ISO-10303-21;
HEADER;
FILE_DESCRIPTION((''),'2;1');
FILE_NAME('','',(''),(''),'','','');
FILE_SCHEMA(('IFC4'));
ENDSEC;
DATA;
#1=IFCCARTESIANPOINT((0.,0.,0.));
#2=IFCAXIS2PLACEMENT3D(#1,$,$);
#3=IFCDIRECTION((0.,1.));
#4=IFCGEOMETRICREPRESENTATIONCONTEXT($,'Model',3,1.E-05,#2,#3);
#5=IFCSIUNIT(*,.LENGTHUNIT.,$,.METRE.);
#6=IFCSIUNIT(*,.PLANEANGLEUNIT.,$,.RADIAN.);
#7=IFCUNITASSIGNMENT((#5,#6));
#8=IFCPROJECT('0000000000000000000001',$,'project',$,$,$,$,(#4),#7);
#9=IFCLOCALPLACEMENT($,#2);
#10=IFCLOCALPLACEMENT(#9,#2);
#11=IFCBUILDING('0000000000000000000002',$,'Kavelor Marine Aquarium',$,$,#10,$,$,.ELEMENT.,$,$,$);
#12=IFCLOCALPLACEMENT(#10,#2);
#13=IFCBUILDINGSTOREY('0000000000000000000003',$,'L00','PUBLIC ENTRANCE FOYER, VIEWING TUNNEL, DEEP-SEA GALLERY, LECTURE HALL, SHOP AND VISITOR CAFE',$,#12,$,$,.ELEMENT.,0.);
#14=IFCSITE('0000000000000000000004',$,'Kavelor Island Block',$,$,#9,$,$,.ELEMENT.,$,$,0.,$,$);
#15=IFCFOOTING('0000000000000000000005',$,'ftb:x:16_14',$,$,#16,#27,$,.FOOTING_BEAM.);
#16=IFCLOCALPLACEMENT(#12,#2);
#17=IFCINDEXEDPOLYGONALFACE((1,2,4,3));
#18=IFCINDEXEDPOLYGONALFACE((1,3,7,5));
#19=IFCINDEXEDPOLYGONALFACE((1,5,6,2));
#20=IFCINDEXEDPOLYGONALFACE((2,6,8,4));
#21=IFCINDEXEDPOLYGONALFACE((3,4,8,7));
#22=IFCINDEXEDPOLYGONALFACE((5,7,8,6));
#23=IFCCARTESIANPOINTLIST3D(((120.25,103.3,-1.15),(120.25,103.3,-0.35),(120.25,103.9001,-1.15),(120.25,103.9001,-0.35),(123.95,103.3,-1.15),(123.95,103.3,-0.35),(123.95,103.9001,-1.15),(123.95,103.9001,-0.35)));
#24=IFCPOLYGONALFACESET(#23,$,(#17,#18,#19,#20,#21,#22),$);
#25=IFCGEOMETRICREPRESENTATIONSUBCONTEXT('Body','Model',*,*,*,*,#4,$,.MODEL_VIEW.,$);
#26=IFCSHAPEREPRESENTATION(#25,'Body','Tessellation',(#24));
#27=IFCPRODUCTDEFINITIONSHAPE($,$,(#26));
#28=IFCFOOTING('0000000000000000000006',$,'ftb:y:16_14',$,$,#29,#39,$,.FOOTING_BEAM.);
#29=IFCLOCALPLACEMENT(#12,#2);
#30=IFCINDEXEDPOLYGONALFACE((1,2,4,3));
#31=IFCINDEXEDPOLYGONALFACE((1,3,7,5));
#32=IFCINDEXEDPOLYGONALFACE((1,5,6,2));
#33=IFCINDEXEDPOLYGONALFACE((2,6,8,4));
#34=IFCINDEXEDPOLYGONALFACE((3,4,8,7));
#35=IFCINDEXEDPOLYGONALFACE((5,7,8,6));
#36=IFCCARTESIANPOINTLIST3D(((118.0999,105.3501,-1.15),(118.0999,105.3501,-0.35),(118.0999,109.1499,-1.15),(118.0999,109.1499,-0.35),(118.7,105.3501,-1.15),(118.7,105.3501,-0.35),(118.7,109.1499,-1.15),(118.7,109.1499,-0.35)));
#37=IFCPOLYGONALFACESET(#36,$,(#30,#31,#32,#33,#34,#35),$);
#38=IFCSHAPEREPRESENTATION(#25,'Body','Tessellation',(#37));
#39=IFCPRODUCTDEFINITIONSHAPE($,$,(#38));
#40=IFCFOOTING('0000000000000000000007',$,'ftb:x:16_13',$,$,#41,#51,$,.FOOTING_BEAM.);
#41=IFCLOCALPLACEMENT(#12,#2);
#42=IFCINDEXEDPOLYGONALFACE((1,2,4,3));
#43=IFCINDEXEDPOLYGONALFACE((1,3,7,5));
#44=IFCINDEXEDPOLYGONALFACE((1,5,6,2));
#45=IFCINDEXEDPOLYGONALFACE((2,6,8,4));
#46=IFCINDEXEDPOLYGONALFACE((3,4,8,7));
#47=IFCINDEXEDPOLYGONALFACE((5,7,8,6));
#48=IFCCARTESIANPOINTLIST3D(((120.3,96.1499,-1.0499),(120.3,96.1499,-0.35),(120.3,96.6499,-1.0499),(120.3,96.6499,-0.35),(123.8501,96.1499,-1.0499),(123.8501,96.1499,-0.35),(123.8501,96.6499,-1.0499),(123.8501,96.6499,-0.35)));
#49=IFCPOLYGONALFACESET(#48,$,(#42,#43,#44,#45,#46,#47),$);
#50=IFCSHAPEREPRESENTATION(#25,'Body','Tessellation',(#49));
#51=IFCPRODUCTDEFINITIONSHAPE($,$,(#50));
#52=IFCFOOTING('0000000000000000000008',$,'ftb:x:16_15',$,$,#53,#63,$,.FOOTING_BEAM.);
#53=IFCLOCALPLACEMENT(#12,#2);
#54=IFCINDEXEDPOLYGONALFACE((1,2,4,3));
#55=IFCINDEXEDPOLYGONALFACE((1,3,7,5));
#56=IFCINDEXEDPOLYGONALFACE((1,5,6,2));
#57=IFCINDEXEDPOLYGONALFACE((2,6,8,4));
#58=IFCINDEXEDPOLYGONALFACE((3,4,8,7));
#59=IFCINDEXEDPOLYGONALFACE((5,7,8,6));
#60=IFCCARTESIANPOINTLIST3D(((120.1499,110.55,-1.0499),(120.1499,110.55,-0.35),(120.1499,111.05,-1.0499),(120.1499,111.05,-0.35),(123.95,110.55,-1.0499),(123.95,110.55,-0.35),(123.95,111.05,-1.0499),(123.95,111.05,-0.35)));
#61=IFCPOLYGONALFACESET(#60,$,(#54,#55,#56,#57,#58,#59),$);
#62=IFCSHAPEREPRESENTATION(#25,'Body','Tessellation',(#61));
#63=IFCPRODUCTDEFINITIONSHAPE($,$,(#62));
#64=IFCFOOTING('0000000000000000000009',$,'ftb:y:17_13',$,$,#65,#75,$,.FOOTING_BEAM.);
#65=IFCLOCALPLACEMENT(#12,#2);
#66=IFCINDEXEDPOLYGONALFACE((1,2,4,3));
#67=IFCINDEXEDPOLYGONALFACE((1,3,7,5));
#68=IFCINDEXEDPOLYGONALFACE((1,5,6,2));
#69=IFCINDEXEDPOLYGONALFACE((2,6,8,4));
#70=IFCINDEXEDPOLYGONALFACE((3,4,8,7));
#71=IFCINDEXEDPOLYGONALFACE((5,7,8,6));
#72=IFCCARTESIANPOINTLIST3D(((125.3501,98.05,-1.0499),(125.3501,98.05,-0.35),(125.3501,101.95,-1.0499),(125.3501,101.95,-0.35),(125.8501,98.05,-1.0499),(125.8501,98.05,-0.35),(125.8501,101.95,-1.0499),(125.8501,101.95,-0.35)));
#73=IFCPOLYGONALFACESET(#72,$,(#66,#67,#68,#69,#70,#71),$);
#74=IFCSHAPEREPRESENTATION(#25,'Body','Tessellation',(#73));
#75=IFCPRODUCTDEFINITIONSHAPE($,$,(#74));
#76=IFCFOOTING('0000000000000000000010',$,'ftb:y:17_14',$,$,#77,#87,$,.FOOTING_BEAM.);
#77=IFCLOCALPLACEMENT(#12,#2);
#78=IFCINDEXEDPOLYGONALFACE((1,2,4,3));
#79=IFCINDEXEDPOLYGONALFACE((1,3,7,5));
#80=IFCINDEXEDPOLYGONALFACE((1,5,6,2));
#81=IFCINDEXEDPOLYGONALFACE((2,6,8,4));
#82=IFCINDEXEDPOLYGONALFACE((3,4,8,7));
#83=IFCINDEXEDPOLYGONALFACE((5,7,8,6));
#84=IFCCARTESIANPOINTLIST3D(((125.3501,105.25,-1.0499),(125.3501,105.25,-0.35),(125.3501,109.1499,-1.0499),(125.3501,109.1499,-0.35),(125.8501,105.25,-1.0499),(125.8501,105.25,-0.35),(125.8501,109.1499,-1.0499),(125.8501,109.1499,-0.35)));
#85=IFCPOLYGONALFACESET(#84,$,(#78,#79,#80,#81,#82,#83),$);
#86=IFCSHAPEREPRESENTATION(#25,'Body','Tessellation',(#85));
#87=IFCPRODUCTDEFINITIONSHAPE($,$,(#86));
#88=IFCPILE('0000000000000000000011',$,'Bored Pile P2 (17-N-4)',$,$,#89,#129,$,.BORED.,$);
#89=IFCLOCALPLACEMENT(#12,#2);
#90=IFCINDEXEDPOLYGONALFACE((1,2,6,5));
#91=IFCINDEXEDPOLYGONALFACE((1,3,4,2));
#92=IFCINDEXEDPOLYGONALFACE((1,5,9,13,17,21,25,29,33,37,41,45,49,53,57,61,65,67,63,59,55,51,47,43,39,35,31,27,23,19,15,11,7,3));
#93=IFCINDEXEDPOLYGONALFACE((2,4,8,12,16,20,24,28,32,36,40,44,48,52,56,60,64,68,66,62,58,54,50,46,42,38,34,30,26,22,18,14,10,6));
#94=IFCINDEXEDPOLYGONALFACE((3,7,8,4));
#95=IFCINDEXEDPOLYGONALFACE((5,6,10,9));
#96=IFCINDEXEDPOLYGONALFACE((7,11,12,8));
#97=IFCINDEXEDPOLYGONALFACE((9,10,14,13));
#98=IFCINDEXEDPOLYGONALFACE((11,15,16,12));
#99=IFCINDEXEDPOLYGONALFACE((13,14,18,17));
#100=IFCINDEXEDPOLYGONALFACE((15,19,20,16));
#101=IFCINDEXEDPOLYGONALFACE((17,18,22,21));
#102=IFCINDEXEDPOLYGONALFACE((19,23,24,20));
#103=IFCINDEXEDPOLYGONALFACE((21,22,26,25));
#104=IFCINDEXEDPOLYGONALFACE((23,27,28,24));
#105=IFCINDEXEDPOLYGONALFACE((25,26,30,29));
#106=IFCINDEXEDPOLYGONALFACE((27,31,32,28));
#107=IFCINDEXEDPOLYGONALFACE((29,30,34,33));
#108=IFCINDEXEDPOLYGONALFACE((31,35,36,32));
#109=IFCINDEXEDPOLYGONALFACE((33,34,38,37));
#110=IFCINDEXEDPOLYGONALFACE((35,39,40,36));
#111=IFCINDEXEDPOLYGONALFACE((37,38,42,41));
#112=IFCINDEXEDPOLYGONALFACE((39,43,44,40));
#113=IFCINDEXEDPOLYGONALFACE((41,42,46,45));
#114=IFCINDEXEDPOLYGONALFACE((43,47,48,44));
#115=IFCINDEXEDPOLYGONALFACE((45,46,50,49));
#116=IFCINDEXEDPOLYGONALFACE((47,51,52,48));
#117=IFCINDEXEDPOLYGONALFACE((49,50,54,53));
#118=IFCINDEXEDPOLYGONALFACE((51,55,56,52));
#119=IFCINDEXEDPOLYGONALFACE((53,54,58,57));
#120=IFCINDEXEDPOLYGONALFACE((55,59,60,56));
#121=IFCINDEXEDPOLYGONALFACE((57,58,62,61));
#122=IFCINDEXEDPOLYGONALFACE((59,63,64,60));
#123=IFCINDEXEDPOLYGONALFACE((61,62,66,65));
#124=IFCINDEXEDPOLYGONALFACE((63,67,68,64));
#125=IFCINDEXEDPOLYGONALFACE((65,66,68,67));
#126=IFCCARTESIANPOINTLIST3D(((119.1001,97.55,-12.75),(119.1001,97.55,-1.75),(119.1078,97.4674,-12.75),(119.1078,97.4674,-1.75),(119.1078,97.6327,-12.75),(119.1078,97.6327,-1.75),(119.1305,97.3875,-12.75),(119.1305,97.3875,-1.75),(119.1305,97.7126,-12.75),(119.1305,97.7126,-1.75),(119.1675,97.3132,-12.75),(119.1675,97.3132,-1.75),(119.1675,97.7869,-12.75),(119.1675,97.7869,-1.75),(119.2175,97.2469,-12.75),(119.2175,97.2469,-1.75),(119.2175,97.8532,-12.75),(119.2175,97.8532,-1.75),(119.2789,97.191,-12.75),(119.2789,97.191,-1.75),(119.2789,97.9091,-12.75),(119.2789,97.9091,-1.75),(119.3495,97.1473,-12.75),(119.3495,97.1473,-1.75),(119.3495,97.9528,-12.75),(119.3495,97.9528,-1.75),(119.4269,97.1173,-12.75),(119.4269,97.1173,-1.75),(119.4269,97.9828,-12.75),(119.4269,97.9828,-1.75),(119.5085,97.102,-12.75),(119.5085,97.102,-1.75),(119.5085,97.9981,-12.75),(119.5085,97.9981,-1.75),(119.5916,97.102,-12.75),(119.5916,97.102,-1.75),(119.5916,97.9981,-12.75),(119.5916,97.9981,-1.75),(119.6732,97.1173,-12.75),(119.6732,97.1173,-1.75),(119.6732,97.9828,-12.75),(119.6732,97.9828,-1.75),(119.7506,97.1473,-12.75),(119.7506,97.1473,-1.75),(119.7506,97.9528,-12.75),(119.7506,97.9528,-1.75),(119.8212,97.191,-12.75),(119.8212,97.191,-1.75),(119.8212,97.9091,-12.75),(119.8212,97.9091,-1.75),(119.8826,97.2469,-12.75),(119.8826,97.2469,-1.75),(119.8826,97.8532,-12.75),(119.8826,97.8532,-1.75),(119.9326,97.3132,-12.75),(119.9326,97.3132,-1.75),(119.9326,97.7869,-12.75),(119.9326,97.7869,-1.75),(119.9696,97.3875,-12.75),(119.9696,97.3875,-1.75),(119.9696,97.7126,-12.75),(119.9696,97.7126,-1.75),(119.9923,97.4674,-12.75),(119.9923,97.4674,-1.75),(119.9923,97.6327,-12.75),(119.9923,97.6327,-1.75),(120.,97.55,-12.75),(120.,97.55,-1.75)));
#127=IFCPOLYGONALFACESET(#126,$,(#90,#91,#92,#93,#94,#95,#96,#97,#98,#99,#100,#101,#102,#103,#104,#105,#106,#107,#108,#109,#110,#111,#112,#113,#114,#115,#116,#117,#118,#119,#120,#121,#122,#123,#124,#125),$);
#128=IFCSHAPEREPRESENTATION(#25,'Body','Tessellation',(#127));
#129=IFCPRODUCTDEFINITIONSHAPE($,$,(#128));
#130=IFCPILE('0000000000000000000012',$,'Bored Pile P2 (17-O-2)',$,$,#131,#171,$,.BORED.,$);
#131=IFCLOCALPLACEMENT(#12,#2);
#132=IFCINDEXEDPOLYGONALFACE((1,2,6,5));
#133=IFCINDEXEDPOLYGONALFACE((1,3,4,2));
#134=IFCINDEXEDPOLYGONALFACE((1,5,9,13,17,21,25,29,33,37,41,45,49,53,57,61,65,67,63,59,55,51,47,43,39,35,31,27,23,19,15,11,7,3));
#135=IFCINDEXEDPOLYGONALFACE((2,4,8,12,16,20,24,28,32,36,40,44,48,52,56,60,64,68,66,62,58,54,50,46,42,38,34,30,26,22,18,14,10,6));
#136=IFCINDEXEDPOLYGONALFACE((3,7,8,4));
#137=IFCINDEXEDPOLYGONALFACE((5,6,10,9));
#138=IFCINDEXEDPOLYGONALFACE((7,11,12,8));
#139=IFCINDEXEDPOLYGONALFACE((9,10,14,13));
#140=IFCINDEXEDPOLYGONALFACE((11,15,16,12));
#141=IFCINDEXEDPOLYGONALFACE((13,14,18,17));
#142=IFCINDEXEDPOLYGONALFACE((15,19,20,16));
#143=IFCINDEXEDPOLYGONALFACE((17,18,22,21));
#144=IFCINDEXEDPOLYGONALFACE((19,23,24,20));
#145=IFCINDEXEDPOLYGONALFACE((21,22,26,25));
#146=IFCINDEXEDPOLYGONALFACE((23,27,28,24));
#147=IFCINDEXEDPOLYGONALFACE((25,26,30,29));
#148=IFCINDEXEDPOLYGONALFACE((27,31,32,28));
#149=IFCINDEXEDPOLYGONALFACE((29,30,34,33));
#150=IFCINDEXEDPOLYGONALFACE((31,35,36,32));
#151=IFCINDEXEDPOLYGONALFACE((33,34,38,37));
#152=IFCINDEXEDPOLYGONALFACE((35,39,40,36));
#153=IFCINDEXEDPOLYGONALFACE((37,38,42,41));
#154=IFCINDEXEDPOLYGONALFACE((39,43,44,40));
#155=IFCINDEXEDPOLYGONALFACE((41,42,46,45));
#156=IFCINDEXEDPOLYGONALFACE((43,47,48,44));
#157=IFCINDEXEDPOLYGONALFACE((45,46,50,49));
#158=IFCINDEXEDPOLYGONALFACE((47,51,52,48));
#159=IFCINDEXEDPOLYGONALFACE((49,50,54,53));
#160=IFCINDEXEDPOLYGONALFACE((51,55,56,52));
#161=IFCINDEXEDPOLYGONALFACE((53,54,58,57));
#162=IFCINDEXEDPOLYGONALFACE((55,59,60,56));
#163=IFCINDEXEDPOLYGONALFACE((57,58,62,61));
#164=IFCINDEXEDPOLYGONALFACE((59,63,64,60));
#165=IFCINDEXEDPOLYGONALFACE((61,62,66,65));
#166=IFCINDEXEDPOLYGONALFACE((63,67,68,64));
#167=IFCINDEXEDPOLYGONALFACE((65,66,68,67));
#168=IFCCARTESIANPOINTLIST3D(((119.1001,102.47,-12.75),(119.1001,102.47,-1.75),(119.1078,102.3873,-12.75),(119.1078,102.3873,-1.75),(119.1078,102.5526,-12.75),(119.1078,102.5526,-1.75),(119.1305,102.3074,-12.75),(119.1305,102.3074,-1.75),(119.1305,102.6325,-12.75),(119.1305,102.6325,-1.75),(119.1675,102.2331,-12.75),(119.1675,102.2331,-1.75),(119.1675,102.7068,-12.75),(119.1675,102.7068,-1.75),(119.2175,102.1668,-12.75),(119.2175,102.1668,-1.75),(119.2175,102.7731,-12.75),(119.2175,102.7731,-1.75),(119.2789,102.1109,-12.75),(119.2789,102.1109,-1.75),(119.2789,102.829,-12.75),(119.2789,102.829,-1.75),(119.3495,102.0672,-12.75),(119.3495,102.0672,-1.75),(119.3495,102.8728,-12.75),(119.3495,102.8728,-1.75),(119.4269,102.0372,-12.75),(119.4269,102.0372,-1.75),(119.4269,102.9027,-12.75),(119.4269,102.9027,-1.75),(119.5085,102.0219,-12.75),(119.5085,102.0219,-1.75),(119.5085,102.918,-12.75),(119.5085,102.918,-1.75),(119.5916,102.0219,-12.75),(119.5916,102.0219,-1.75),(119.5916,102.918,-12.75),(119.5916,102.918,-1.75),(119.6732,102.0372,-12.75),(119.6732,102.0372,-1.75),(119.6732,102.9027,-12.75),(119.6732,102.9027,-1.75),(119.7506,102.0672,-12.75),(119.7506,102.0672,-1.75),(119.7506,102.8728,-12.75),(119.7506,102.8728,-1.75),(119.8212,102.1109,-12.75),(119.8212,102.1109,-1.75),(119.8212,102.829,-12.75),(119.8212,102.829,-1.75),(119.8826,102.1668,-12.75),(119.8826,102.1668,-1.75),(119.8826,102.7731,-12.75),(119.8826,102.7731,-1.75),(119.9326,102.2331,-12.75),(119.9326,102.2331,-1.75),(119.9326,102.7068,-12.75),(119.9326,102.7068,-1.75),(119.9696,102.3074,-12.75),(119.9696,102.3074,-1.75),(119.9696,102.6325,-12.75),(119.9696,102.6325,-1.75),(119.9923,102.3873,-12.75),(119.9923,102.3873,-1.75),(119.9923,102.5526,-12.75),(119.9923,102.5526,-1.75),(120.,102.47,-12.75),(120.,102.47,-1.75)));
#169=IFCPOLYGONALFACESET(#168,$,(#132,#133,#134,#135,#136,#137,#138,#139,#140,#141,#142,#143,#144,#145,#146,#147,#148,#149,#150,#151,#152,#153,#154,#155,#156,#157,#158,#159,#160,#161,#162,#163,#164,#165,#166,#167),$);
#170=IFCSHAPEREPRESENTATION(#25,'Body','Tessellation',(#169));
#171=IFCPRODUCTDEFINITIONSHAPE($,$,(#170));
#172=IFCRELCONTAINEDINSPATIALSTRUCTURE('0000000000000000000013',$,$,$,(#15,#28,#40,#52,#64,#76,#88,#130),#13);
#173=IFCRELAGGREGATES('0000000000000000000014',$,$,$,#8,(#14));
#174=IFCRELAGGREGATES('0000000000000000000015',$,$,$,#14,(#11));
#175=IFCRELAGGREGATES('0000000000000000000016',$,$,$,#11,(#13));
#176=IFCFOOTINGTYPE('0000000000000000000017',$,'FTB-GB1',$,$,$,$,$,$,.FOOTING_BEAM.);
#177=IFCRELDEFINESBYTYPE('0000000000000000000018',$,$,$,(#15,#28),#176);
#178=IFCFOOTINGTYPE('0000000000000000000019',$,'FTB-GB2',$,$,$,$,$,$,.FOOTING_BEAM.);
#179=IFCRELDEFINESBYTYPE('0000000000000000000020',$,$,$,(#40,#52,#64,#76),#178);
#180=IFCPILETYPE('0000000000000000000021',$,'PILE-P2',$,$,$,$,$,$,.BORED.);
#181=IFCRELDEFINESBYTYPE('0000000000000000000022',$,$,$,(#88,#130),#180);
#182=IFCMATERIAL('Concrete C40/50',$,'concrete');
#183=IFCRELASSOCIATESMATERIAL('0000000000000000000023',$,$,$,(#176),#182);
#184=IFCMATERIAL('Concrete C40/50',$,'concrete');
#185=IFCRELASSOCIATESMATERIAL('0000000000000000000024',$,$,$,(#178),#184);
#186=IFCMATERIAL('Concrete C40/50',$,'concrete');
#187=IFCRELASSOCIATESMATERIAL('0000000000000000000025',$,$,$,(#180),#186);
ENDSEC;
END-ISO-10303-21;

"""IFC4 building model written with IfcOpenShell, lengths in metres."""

from ifc_helpers import new_model, si_unit, direction, frame, origin, origin_2d, place, context, subcontext, project, spatial, rectangle, circle, extrude, material, material_profile, profile_set, type_object, element, save


model = new_model("IFC4")

# Units and contexts
model_context = context("Model", 3, precision=1e-05, world=origin(), true_north=direction((0.0, 1.0)))
body_context = subcontext(model_context, "Body", "Model", "MODEL_VIEW")
ifc_project = project(units=[si_unit("LENGTHUNIT", "METRE"), si_unit("PLANEANGLEUNIT", "RADIAN")], contexts=[model_context])

# Site, building, storey
site_placement = place(None, origin())
site = spatial("IfcSite", under=ifc_project, at=site_placement, Name="Kavelor Island Block", CompositionType="ELEMENT", RefElevation=0.0)
building_placement = place(site_placement, origin())
building = spatial("IfcBuilding", under=site, at=building_placement, Name="Kavelor Marine Aquarium", CompositionType="ELEMENT")
storey_placement = place(building_placement, origin())
storey = spatial("IfcBuildingStorey", under=building, at=storey_placement, Name="L00", Description="PUBLIC ENTRANCE FOYER, VIEWING TUNNEL, DEEP-SEA GALLERY, LECTURE HALL, SHOP AND VISITOR CAFE", CompositionType="ELEMENT", Elevation=0.0)

# Footings
ifc_material_1 = material(Name="Concrete C40/50", Category="concrete")
ifc_material_profile_1 = material_profile(ifc_material_1, rectangle(XDim=0.6001, YDim=0.8, at=origin_2d()), Name="GB 600x800")
ifc_profile_set_1 = profile_set([ifc_material_profile_1], Name="Concrete C40/50")
footing_type_1 = type_object("IfcFootingType", Name="FTB-GB1", PredefinedType="FOOTING_BEAM", material=ifc_profile_set_1)
footing_1_placement = place(storey_placement, frame((120.25, 103.6001, -0.75), z_axis=(1.0, 0.0, 0.0), x_axis=(0.0, 1.0, 0.0)))
element("IfcFooting", 1, at=footing_1_placement, inside=storey, type_object=footing_type_1, Name="ftb:x:16_14", PredefinedType="FOOTING_BEAM", context=body_context, shape_type="SweptSolid", body=[
    extrude(rectangle(XDim=0.6001, YDim=0.8, at=origin_2d()), origin(), (0.0, 0.0, 1.0), 3.7),
])
footing_2_placement = place(storey_placement, frame((118.3999, 105.3501, -0.75), z_axis=(0.0, 1.0, 0.0), x_axis=(-1.0, 0.0, 0.0)))
element("IfcFooting", 2, at=footing_2_placement, inside=storey, type_object=footing_type_1, Name="ftb:y:16_14", PredefinedType="FOOTING_BEAM", context=body_context, shape_type="SweptSolid", body=[
    extrude(rectangle(XDim=0.6001, YDim=0.8, at=origin_2d()), origin(), (0.0, 0.0, 1.0), 3.7998),
])
ifc_material_2 = material(Name="Concrete C40/50", Category="concrete")
ifc_material_profile_2 = material_profile(ifc_material_2, rectangle(XDim=0.5, YDim=0.7, at=origin_2d()), Name="GB 500x700")
ifc_profile_set_2 = profile_set([ifc_material_profile_2], Name="Concrete C40/50")
footing_type_2 = type_object("IfcFootingType", Name="FTB-GB2", PredefinedType="FOOTING_BEAM", material=ifc_profile_set_2)
footing_3_placement = place(storey_placement, frame((120.3, 96.3999, -0.7), z_axis=(1.0, 0.0, 0.0), x_axis=(0.0, 1.0, 0.0)))
element("IfcFooting", 3, at=footing_3_placement, inside=storey, type_object=footing_type_2, Name="ftb:x:16_13", PredefinedType="FOOTING_BEAM", context=body_context, shape_type="SweptSolid", body=[
    extrude(rectangle(XDim=0.5, YDim=0.7, at=origin_2d()), origin(), (0.0, 0.0, 1.0), 3.55),
])
footing_4_placement = place(storey_placement, frame((120.1499, 110.8, -0.7), z_axis=(1.0, 0.0, 0.0), x_axis=(0.0, 1.0, 0.0)))
element("IfcFooting", 4, at=footing_4_placement, inside=storey, type_object=footing_type_2, Name="ftb:x:16_15", PredefinedType="FOOTING_BEAM", context=body_context, shape_type="SweptSolid", body=[
    extrude(rectangle(XDim=0.5, YDim=0.7, at=origin_2d()), origin(), (0.0, 0.0, 1.0), 3.8),
])
for number, where, z_axis, x_axis, name in (
    (5, (125.6001, 98.05, -0.7), (0.0, 1.0, 0.0), (-1.0, 0.0, 0.0), "ftb:y:17_13"),
    (6, (125.6001, 105.25, -0.7), (0.0, 1.0, 0.0), (-1.0, 0.0, 0.0), "ftb:y:17_14"),
):
    element("IfcFooting", number, at=place(storey_placement, frame(where, z_axis=z_axis, x_axis=x_axis)), inside=storey, type_object=footing_type_2, Name=name, PredefinedType="FOOTING_BEAM", context=body_context, shape_type="SweptSolid", body=[
        extrude(rectangle(XDim=0.5, YDim=0.7, at=origin_2d()), origin(), (0.0, 0.0, 1.0), 3.8999),
    ])

# Piles
ifc_material_3 = material(Name="Concrete C40/50", Category="concrete")
ifc_material_profile_3 = material_profile(ifc_material_3, circle(Radius=0.45, at=origin_2d()), Name="PILE D900")
ifc_profile_set_3 = profile_set([ifc_material_profile_3], Name="Concrete C40/50")
pile_type_1 = type_object("IfcPileType", Name="PILE-P2", PredefinedType="BORED", material=ifc_profile_set_3)
for number, where, z_axis, x_axis, name in (
    (7, (119.55, 97.55, -1.75), (0.0, 0.0, -1.0), (1.0, 0.0, 0.0), "Bored Pile P2 (17-N-4)"),
    (8, (119.55, 102.47, -1.75), (0.0, 0.0, -1.0), (1.0, 0.0, 0.0), "Bored Pile P2 (17-O-2)"),
):
    element("IfcPile", number, at=place(storey_placement, frame(where, z_axis=z_axis, x_axis=x_axis)), inside=storey, type_object=pile_type_1, Name=name, PredefinedType="BORED", context=body_context, shape_type="SweptSolid", body=[
        extrude(circle(Radius=0.45, at=origin_2d()), origin(), (0.0, 0.0, 1.0), 11.0),
    ])

save(model, "model.ifc")
